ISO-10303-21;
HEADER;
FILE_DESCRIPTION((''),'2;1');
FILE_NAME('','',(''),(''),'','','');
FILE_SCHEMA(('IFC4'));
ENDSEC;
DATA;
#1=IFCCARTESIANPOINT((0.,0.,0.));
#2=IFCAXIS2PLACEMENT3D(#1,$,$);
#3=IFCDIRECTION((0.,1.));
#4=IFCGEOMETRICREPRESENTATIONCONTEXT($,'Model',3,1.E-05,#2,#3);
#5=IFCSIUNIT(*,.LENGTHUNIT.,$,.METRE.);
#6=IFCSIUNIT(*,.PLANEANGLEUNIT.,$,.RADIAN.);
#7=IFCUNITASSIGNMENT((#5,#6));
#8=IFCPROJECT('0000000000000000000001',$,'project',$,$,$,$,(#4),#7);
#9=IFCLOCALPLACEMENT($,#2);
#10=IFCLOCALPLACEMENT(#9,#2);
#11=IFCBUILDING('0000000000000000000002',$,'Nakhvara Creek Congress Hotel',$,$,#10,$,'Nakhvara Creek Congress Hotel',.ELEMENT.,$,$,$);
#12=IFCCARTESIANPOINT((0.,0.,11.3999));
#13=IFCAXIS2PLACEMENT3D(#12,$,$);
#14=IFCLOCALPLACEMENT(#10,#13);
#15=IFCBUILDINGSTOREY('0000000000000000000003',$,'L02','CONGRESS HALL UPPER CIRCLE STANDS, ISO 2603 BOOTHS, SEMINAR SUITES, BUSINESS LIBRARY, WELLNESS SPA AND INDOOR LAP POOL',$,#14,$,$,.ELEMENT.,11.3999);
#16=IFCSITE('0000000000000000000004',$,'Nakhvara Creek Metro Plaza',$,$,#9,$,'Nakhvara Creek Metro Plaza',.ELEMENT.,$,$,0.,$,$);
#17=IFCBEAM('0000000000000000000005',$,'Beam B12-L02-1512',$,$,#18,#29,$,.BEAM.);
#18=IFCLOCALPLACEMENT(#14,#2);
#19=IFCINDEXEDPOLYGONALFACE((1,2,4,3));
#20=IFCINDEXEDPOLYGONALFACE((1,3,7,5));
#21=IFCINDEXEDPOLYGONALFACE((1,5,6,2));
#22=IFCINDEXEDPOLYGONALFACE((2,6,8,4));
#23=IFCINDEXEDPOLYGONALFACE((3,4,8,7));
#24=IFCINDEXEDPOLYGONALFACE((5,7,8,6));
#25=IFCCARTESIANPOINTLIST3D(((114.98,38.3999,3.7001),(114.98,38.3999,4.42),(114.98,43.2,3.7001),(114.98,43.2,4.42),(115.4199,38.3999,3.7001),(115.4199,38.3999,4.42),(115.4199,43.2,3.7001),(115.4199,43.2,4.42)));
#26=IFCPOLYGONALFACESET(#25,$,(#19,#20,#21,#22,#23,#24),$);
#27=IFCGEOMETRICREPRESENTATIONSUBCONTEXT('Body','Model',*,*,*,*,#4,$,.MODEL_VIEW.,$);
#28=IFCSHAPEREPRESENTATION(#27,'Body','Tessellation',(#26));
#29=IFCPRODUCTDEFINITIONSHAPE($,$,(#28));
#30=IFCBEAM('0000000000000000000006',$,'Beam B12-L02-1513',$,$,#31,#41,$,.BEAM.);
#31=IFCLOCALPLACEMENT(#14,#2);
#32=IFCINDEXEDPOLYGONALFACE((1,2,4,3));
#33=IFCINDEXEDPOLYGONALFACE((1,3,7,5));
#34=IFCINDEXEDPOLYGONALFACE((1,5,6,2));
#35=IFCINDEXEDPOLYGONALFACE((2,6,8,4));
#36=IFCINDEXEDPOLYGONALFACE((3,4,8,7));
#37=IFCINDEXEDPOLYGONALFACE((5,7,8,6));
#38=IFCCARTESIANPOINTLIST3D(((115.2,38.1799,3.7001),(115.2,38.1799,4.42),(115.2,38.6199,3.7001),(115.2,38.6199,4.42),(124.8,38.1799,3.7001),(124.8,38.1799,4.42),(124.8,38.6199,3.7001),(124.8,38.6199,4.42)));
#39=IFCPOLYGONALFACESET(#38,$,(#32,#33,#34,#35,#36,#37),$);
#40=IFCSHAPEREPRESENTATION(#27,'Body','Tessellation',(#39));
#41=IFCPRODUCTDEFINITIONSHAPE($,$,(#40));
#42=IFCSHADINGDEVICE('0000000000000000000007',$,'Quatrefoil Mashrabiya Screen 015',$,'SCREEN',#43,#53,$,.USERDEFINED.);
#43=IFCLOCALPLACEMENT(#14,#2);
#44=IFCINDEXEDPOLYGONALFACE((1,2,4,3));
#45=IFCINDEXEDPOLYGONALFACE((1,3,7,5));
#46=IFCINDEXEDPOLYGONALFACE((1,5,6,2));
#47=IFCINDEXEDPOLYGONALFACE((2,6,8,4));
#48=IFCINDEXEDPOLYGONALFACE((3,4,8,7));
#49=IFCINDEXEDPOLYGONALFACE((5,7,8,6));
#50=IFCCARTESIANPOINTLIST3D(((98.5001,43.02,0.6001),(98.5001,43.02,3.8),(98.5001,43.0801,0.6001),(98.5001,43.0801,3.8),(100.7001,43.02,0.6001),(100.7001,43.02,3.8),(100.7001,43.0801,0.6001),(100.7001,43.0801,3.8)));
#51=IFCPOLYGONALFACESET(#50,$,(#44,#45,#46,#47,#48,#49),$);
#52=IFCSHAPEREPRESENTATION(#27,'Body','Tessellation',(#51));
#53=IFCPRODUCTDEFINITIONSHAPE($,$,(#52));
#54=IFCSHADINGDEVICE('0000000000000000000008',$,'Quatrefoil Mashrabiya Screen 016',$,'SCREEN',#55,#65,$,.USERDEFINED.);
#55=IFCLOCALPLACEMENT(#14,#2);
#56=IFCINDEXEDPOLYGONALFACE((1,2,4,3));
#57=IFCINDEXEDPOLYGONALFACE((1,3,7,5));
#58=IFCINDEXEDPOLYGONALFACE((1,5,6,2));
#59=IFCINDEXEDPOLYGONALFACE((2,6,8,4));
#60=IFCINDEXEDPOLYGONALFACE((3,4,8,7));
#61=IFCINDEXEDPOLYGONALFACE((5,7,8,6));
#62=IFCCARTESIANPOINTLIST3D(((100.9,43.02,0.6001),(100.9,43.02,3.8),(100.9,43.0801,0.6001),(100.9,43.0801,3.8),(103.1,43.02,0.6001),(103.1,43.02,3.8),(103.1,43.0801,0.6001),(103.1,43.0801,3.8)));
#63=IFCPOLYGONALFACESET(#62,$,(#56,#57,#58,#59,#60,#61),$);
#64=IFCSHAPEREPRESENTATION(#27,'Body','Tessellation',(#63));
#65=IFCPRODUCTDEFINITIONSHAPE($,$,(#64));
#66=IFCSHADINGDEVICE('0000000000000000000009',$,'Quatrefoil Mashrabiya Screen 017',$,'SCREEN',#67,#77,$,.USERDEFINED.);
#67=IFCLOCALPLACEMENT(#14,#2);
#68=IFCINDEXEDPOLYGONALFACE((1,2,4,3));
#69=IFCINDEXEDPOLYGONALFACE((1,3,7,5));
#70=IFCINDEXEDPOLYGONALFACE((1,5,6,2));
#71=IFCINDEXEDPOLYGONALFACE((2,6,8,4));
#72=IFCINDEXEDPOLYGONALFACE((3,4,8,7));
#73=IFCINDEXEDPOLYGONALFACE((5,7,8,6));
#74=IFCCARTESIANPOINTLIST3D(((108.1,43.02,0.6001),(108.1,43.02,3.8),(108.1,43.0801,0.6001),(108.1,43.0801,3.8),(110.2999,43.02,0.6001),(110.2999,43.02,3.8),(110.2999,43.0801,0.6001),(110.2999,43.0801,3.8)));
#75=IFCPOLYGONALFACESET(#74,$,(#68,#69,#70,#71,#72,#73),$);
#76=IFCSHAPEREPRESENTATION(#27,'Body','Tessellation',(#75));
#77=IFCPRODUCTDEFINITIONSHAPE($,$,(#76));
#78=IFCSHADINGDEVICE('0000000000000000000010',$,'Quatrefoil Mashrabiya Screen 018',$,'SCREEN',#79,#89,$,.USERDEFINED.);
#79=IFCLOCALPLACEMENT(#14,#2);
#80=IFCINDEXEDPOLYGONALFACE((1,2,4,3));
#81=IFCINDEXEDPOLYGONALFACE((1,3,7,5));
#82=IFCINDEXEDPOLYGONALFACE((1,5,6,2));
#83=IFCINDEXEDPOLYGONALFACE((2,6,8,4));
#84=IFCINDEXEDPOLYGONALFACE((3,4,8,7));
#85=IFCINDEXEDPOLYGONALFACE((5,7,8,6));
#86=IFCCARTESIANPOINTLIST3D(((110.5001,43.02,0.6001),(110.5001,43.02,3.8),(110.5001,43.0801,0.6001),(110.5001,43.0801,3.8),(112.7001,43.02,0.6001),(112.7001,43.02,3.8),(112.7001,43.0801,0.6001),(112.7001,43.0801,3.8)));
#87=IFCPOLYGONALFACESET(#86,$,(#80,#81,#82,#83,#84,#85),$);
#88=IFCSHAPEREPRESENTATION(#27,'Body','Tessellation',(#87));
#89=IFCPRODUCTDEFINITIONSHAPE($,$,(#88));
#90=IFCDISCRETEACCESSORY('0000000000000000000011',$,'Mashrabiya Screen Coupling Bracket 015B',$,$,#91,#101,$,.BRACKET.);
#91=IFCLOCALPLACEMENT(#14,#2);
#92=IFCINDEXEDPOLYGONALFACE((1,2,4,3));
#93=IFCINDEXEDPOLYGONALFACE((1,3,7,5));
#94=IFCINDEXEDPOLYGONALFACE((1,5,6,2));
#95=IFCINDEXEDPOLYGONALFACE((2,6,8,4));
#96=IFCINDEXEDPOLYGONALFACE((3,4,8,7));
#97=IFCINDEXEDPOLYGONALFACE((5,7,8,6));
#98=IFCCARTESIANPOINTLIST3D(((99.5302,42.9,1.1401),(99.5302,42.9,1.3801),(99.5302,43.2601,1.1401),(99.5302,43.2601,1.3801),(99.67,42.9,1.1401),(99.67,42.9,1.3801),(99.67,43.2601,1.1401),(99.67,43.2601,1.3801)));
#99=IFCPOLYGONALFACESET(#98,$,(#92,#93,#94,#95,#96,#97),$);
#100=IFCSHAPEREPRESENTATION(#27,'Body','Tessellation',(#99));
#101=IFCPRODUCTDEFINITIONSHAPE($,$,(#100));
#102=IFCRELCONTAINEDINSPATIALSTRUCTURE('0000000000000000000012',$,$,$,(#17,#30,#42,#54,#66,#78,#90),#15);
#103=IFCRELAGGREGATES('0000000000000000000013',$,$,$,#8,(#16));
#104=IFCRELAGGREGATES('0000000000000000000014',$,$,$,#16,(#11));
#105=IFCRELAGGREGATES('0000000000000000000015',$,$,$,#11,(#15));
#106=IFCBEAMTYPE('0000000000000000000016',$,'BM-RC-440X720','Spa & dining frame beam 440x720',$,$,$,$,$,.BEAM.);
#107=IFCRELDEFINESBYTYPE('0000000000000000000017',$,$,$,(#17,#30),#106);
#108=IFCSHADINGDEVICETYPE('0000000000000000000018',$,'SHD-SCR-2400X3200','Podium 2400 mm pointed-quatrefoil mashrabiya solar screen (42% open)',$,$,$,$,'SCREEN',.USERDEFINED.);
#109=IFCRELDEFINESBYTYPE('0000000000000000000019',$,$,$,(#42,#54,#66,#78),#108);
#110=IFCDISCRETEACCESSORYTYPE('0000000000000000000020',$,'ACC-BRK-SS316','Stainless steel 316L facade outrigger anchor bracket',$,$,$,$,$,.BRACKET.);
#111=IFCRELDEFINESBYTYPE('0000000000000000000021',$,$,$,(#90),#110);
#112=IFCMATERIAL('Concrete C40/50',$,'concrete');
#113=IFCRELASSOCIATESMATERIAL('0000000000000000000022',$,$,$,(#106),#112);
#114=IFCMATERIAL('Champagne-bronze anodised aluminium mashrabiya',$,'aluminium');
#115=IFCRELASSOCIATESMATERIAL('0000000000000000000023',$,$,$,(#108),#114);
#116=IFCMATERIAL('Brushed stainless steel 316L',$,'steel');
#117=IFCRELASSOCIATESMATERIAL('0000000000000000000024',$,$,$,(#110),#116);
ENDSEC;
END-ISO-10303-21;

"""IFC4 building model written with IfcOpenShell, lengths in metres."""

from ifc_helpers import new_model, si_unit, direction, frame, origin, origin_2d, place, context, subcontext, project, spatial, rectangle, extrude, material, material_profile, profile_set, type_object, element, save


model = new_model("IFC4")

# Units and contexts
model_context = context("Model", 3, precision=1e-05, world=origin(), true_north=direction((0.0, 1.0)))
body_context = subcontext(model_context, "Body", "Model", "MODEL_VIEW")
ifc_project = project(units=[si_unit("LENGTHUNIT", "METRE"), si_unit("PLANEANGLEUNIT", "RADIAN")], contexts=[model_context])

# Site, building, storey
site_placement = place(None, origin())
site = spatial("IfcSite", under=ifc_project, at=site_placement, Name="Nakhvara Creek Metro Plaza", LongName="Nakhvara Creek Metro Plaza", CompositionType="ELEMENT", RefElevation=0.0)
building_placement = place(site_placement, origin())
building = spatial("IfcBuilding", under=site, at=building_placement, Name="Nakhvara Creek Congress Hotel", LongName="Nakhvara Creek Congress Hotel", CompositionType="ELEMENT")
storey_placement = place(building_placement, frame((0.0, 0.0, 11.3999)))
storey = spatial("IfcBuildingStorey", under=building, at=storey_placement, Name="L02", Description="CONGRESS HALL UPPER CIRCLE STANDS, ISO 2603 BOOTHS, SEMINAR SUITES, BUSINESS LIBRARY, WELLNESS SPA AND INDOOR LAP POOL", CompositionType="ELEMENT", Elevation=11.3999)

# Beams
ifc_material_1 = material(Name="Concrete C40/50", Category="concrete")
ifc_material_profile_1 = material_profile(ifc_material_1, rectangle(XDim=0.4399, YDim=0.72, at=origin_2d()), Name="RC-BM 440x720", Category="LoadBearing")
ifc_profile_set_1 = profile_set([ifc_material_profile_1], Name="Concrete C40/50")
beam_type_1 = type_object("IfcBeamType", Name="BM-RC-440X720", Description="Spa & dining frame beam 440x720", PredefinedType="BEAM", material=ifc_profile_set_1)
beam_1_placement = place(storey_placement, frame((115.2, 38.3999, 4.0601), z_axis=(0.0, 1.0, 0.0), x_axis=(-1.0, 0.0, 0.0)))
element("IfcBeam", 1, at=beam_1_placement, inside=storey, type_object=beam_type_1, Name="Beam B12-L02-1512", PredefinedType="BEAM", context=body_context, shape_type="SweptSolid", body=[
    extrude(rectangle(XDim=0.4399, YDim=0.72, at=origin_2d()), origin(), (0.0, 0.0, 1.0), 4.8),
])
beam_2_placement = place(storey_placement, frame((115.2, 38.3999, 4.0601), z_axis=(1.0, 0.0, 0.0), x_axis=(0.0, 1.0, 0.0)))
element("IfcBeam", 2, at=beam_2_placement, inside=storey, type_object=beam_type_1, Name="Beam B12-L02-1513", PredefinedType="BEAM", context=body_context, shape_type="SweptSolid", body=[
    extrude(rectangle(XDim=0.4399, YDim=0.72, at=origin_2d()), origin(), (0.0, 0.0, 1.0), 9.6001),
])

# Shading devices
ifc_material_2 = material(Name="Champagne-bronze anodised aluminium mashrabiya", Category="aluminium")
shading_device_type = type_object("IfcShadingDeviceType", Name="SHD-SCR-2400X3200", Description="Podium 2400 mm pointed-quatrefoil mashrabiya solar screen (42% open)", ElementType="SCREEN", PredefinedType="USERDEFINED", material=ifc_material_2)
for number, where, z_axis, x_axis, name in (
    (3, (99.6001, 43.05, 0.6001), (0.0, 0.0, 1.0), (1.0, 0.0, 0.0), "Quatrefoil Mashrabiya Screen 015"),
    (4, (102.0, 43.05, 0.6001), (0.0, 0.0, 1.0), (1.0, 0.0, 0.0), "Quatrefoil Mashrabiya Screen 016"),
    (5, (109.2, 43.05, 0.6001), (0.0, 0.0, 1.0), (1.0, 0.0, 0.0), "Quatrefoil Mashrabiya Screen 017"),
    (6, (111.6001, 43.05, 0.6001), (0.0, 0.0, 1.0), (1.0, 0.0, 0.0), "Quatrefoil Mashrabiya Screen 018"),
):
    element("IfcShadingDevice", number, at=place(storey_placement, frame(where, z_axis=z_axis, x_axis=x_axis)), inside=storey, type_object=shading_device_type, Name=name, ObjectType="SCREEN", PredefinedType="USERDEFINED", context=body_context, shape_type="SweptSolid", body=[
        extrude(rectangle(XDim=2.2, YDim=0.0601, at=origin_2d()), origin(), (0.0, 0.0, 1.0), 3.2),
    ])

# Discrete accessory
ifc_material_3 = material(Name="Brushed stainless steel 316L", Category="steel")
discrete_accessory_type = type_object("IfcDiscreteAccessoryType", Name="ACC-BRK-SS316", Description="Stainless steel 316L facade outrigger anchor bracket", PredefinedType="BRACKET", material=ifc_material_3)
discrete_accessory_placement = place(storey_placement, frame((99.6001, 43.0801, 1.1401), z_axis=(0.0, 0.0, 1.0), x_axis=(1.0, 0.0, 0.0)))
element("IfcDiscreteAccessory", 7, at=discrete_accessory_placement, inside=storey, type_object=discrete_accessory_type, Name="Mashrabiya Screen Coupling Bracket 015B", PredefinedType="BRACKET", context=body_context, shape_type="SweptSolid", body=[
    extrude(rectangle(XDim=0.1399, YDim=0.3601, at=origin_2d()), origin(), (0.0, 0.0, 1.0), 0.24),
])

save(model, "model.ifc")
